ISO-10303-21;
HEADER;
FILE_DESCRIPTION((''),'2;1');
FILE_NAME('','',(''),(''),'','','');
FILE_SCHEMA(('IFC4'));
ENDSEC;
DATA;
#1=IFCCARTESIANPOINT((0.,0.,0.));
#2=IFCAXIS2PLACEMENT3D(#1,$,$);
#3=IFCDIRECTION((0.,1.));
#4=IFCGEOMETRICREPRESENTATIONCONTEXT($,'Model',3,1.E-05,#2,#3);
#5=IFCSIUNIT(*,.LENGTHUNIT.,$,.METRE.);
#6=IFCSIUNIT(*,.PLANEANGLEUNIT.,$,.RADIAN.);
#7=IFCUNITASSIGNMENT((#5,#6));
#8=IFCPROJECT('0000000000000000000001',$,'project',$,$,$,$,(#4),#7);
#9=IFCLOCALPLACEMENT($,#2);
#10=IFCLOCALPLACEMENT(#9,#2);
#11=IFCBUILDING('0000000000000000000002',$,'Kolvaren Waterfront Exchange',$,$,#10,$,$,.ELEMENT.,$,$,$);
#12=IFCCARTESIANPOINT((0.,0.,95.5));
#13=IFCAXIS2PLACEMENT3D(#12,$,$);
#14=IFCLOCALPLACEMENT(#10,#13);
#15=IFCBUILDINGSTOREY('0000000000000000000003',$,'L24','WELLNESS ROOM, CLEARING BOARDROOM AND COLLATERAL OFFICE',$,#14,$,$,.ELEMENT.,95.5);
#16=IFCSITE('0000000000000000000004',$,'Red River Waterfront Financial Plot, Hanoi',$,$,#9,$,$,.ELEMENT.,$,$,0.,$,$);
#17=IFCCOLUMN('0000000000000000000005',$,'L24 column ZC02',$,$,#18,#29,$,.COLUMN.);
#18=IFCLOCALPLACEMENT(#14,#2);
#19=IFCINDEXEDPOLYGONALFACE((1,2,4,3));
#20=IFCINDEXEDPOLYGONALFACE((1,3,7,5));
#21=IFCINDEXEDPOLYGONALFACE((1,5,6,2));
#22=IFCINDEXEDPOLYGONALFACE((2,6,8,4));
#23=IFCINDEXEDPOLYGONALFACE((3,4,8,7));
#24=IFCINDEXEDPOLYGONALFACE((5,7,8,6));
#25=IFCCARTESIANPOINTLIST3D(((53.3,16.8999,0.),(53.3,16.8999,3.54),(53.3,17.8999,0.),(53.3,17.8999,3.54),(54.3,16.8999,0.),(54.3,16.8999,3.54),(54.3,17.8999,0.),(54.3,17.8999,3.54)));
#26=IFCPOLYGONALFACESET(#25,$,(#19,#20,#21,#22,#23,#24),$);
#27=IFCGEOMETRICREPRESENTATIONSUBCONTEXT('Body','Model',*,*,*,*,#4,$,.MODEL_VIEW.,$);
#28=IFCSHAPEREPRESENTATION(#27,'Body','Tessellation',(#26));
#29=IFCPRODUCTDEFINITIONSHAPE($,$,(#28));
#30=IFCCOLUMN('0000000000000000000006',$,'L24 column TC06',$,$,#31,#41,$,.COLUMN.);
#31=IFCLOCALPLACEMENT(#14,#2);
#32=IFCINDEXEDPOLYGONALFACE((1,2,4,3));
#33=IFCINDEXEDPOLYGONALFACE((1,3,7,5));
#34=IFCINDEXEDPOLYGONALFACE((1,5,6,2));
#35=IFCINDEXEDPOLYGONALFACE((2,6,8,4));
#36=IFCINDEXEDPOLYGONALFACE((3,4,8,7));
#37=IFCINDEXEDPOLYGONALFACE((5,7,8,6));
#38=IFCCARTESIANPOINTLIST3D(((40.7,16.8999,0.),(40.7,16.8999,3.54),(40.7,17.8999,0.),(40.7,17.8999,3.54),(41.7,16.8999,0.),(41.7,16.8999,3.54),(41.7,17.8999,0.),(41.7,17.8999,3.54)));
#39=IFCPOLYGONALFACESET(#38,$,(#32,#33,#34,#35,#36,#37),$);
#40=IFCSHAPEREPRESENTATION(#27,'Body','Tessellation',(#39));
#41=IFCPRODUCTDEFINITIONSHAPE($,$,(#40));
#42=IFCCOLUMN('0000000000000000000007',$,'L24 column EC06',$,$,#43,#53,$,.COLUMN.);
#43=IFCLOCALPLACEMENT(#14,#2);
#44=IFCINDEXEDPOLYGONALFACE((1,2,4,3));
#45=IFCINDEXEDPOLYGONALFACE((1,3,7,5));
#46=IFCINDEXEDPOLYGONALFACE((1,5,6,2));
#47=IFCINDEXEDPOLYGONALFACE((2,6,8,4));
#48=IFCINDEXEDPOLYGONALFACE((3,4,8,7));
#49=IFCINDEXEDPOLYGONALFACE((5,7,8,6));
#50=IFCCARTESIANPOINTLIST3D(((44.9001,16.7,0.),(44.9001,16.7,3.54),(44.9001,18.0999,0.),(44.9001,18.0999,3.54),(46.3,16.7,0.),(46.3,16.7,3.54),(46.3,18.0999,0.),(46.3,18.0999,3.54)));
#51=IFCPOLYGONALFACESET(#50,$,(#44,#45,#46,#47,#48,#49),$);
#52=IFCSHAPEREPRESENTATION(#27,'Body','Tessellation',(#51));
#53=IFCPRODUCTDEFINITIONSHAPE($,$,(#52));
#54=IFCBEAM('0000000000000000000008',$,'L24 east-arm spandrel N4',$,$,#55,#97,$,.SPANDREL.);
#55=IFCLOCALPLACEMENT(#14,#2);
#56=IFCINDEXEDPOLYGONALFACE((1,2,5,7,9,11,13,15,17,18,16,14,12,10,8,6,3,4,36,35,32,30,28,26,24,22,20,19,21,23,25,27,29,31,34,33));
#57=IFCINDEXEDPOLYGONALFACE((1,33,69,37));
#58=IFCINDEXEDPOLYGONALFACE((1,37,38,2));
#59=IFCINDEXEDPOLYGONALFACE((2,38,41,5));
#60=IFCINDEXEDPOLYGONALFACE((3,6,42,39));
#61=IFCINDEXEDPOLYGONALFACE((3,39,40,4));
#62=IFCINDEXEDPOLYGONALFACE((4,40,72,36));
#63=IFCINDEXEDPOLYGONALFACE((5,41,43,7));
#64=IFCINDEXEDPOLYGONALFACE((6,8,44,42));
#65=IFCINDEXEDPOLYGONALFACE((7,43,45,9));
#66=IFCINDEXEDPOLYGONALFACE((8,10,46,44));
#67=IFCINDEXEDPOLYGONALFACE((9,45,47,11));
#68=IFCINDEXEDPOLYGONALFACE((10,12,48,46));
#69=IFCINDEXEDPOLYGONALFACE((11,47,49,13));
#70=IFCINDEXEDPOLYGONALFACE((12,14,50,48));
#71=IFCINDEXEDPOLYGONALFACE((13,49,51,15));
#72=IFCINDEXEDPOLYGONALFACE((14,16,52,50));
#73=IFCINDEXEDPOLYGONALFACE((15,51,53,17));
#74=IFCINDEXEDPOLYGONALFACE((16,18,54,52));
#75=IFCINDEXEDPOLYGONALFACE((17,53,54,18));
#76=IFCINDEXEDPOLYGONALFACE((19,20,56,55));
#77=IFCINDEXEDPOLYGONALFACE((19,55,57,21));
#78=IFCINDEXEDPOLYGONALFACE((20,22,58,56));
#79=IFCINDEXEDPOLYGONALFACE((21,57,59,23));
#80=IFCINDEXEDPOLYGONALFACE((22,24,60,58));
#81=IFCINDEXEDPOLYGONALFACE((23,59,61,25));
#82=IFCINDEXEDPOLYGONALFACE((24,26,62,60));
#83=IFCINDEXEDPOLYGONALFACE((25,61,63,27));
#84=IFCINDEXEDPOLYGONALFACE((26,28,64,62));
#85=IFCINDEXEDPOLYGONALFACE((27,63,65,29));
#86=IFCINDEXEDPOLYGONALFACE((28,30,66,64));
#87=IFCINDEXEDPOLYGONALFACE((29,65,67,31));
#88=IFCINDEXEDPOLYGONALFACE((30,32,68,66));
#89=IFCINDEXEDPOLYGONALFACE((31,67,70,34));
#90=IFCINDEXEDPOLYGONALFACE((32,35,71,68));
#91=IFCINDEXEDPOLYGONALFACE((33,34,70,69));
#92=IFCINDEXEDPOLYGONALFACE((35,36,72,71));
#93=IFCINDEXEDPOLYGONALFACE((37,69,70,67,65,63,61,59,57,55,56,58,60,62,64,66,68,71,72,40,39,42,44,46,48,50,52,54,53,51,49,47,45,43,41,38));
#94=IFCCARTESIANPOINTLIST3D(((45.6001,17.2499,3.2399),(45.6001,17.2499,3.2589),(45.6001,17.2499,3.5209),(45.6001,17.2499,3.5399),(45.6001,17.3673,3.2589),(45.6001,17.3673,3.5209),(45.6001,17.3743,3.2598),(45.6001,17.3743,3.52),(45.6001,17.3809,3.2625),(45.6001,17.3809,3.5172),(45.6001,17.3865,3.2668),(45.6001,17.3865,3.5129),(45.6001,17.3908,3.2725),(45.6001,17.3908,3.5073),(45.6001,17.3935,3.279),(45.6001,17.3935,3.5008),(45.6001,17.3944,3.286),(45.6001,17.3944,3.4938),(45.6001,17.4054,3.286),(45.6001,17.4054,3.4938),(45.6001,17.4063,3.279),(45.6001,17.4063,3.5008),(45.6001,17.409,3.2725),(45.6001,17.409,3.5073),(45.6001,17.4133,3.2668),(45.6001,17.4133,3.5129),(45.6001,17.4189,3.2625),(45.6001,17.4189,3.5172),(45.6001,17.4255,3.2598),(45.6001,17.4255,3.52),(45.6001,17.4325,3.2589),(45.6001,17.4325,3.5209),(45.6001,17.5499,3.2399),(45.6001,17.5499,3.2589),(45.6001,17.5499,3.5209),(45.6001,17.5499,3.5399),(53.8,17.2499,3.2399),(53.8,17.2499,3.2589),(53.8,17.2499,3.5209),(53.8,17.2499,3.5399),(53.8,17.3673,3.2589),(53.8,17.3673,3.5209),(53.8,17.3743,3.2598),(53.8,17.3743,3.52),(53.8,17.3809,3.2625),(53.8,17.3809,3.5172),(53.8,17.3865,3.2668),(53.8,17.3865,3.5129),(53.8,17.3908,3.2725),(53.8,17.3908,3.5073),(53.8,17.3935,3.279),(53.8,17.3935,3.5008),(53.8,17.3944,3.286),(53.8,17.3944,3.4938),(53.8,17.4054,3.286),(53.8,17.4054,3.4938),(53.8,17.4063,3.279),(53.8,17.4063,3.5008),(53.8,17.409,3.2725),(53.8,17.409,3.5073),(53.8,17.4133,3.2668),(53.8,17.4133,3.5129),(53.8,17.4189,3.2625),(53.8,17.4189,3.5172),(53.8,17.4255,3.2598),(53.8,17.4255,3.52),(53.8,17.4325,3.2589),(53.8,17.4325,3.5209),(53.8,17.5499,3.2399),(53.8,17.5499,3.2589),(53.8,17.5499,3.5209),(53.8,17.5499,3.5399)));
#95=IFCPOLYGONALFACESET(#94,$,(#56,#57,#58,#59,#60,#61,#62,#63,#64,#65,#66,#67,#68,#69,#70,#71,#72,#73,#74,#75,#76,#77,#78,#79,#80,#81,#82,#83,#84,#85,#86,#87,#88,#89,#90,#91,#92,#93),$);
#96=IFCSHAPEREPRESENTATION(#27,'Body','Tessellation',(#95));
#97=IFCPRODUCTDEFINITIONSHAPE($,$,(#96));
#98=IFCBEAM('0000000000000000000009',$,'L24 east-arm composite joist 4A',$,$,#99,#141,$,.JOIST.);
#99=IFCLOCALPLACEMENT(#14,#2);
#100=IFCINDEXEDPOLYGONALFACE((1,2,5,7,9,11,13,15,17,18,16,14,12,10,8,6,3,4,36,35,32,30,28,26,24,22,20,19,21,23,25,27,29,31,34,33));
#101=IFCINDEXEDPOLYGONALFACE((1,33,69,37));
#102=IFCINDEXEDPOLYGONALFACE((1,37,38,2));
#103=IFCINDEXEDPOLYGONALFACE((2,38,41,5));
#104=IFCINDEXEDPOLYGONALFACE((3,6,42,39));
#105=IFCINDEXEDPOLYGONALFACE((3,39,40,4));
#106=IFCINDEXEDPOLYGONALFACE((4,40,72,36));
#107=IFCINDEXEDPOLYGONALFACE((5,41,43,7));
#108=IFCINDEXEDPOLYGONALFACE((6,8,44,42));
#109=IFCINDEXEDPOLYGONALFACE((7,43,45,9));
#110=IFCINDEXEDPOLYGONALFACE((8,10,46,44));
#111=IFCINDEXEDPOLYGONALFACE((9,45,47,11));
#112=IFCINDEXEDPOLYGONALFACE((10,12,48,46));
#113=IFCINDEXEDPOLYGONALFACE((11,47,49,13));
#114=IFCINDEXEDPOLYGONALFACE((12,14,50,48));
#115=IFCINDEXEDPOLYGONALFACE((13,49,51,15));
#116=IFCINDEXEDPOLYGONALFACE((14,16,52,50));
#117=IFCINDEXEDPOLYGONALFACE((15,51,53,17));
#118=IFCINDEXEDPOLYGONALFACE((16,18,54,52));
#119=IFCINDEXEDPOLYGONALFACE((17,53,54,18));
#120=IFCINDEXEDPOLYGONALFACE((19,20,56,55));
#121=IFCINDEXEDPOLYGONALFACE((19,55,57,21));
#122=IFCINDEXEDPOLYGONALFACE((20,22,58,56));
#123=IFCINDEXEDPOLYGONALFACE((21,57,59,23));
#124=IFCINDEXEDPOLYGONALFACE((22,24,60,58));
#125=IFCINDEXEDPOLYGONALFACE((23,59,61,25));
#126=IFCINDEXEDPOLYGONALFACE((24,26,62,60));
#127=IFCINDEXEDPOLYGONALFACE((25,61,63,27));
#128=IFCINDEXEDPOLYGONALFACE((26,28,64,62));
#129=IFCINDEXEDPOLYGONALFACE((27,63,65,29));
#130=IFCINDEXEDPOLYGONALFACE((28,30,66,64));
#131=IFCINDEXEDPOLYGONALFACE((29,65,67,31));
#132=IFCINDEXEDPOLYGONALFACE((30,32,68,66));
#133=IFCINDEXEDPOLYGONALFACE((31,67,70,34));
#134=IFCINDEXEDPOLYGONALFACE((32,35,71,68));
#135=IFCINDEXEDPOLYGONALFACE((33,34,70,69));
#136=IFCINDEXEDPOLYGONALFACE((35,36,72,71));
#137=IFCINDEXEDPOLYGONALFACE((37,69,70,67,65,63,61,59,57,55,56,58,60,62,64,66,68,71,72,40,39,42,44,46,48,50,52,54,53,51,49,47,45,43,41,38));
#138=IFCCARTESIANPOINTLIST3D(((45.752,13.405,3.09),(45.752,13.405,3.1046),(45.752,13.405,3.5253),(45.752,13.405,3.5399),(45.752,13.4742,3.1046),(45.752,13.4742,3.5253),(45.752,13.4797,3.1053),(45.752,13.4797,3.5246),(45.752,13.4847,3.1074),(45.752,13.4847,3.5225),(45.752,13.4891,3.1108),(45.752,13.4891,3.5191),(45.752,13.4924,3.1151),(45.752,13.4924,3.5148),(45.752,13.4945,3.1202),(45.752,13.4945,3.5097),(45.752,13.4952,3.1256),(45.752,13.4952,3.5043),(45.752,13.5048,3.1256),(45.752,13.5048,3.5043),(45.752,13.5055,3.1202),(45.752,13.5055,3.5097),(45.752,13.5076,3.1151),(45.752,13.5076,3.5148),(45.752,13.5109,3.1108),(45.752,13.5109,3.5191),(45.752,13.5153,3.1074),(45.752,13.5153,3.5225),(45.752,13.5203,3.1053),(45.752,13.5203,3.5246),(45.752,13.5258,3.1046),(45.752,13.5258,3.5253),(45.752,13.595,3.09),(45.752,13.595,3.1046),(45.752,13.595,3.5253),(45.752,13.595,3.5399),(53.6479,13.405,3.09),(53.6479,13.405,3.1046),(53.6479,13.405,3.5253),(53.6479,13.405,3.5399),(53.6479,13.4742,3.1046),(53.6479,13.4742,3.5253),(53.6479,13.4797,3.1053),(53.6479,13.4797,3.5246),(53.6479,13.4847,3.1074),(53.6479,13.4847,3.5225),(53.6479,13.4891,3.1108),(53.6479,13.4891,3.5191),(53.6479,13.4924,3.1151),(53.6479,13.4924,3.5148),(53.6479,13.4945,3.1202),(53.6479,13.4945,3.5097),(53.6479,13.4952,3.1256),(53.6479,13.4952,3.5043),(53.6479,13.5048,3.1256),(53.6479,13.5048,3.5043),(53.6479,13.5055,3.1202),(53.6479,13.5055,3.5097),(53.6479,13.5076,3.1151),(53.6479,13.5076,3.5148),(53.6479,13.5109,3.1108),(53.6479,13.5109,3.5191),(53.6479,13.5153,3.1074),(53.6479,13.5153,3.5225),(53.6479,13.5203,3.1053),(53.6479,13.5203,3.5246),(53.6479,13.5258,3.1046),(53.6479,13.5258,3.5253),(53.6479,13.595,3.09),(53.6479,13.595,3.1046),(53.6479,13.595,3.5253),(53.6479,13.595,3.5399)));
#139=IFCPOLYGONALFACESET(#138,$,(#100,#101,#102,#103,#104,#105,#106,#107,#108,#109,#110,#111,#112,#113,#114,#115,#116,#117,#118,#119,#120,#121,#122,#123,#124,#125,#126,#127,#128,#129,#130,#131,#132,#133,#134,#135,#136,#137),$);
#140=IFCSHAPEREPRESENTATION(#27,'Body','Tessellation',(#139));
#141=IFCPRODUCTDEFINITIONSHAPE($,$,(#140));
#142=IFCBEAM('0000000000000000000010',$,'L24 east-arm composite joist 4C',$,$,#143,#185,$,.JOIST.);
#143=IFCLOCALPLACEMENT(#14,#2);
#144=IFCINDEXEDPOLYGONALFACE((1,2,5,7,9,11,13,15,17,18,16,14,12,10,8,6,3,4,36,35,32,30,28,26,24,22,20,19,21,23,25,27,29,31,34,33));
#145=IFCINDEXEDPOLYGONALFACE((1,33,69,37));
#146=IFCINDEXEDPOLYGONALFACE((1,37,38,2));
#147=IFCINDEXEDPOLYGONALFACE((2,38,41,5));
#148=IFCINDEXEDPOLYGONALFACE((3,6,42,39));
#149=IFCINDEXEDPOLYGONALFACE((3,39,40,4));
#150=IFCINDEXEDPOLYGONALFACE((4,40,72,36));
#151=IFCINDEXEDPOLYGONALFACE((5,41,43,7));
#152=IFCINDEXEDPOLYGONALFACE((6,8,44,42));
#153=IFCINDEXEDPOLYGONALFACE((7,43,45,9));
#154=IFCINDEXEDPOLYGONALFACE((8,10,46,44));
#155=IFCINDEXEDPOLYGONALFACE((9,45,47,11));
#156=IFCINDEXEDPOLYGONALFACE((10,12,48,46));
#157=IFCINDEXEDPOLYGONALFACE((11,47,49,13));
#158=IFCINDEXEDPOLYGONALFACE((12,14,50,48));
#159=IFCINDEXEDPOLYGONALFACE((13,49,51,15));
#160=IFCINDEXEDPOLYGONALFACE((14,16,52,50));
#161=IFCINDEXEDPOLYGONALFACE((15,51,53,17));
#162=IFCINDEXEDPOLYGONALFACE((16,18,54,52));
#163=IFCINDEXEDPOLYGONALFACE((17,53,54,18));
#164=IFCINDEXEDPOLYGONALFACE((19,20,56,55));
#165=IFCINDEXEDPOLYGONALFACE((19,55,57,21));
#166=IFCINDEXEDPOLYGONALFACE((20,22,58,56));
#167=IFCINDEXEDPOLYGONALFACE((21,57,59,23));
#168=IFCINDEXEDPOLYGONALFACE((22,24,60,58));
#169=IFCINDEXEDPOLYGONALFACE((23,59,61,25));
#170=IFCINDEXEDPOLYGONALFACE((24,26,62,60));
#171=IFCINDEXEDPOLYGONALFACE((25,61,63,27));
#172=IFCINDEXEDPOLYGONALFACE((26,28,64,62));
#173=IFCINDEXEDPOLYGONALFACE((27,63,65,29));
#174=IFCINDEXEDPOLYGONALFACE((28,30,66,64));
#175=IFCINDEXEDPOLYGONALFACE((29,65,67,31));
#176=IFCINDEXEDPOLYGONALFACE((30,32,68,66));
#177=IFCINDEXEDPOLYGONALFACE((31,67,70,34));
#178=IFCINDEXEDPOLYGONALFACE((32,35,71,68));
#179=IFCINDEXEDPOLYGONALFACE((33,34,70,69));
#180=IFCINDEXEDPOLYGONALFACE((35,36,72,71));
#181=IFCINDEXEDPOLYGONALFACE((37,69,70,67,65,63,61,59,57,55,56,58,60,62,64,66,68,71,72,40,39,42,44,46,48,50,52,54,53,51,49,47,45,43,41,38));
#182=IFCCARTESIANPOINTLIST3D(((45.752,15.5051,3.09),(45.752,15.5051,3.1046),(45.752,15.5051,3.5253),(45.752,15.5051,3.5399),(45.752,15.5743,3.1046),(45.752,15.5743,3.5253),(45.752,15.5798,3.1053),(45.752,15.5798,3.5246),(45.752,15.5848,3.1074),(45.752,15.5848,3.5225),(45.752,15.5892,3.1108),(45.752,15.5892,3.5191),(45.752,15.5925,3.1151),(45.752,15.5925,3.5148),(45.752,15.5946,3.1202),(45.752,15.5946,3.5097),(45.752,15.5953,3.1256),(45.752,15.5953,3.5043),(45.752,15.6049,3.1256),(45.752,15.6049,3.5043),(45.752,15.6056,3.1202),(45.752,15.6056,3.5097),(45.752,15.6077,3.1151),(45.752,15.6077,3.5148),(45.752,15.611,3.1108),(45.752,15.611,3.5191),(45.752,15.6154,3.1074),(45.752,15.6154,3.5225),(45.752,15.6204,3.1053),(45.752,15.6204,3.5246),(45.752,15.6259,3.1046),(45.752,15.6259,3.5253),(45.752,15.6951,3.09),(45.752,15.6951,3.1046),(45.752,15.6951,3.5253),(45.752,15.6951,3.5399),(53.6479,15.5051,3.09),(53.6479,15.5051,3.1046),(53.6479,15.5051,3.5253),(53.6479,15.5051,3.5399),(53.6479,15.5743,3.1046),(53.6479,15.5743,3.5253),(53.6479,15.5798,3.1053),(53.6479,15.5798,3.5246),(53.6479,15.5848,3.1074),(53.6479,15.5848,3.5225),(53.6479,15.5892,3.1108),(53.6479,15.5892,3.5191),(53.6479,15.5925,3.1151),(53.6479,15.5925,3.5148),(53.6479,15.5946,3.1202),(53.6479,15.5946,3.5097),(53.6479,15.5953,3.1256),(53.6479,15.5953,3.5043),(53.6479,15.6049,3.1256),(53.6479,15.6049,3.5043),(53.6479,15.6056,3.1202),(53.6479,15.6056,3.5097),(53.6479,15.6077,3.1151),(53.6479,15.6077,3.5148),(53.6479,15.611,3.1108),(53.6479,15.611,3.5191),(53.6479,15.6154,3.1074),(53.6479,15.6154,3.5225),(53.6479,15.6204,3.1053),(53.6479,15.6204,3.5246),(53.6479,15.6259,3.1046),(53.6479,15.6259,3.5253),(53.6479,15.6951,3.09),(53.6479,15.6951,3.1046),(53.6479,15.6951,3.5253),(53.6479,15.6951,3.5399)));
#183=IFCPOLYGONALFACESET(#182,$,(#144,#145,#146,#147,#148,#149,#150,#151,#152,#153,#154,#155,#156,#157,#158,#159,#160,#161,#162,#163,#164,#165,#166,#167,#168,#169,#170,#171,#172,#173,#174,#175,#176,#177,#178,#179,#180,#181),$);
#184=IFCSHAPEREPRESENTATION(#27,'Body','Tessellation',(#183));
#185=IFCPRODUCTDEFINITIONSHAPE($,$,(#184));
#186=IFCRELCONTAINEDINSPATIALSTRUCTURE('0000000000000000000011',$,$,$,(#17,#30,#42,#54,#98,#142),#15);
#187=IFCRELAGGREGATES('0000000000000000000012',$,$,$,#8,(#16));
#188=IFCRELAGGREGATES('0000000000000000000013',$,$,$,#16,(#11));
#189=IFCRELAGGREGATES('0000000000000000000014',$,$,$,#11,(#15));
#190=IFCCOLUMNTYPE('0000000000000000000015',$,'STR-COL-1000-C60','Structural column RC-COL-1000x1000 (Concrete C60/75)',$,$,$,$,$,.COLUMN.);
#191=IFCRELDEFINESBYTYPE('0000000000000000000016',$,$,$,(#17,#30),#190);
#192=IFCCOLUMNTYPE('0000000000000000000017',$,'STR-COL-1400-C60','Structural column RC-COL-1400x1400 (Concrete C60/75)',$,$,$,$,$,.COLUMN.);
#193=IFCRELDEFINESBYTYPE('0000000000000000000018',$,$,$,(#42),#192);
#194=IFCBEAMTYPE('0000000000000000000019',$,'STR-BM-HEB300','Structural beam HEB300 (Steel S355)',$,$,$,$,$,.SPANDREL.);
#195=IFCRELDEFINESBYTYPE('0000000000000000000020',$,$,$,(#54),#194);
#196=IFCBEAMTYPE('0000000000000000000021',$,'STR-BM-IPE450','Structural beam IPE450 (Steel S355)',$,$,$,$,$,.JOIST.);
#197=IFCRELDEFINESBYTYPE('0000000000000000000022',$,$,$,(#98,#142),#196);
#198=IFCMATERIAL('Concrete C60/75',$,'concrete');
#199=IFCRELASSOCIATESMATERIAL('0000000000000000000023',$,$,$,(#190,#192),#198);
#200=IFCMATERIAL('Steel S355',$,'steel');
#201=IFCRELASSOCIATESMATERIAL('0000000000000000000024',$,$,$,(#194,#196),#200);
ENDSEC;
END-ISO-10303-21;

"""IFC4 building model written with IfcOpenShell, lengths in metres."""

from ifc_helpers import new_model, si_unit, direction, frame, origin, origin_2d, place, context, subcontext, project, spatial, rectangle, i_section, extrude, material, material_profile, profile_set, type_object, element, save


model = new_model("IFC4")

# Units and contexts
model_context = context("Model", 3, precision=1e-05, world=origin(), true_north=direction((0.0, 1.0)))
body_context = subcontext(model_context, "Body", "Model", "MODEL_VIEW")
ifc_project = project(units=[si_unit("LENGTHUNIT", "METRE"), si_unit("PLANEANGLEUNIT", "RADIAN")], contexts=[model_context])

# Site, building, storey
site_placement = place(None, origin())
site = spatial("IfcSite", under=ifc_project, at=site_placement, Name="Red River Waterfront Financial Plot, Hanoi", CompositionType="ELEMENT", RefElevation=0.0)
building_placement = place(site_placement, origin())
building = spatial("IfcBuilding", under=site, at=building_placement, Name="Kolvaren Waterfront Exchange", CompositionType="ELEMENT")
storey_placement = place(building_placement, frame((0.0, 0.0, 95.5)))
storey = spatial("IfcBuildingStorey", under=building, at=storey_placement, Name="L24", Description="WELLNESS ROOM, CLEARING BOARDROOM AND COLLATERAL OFFICE", CompositionType="ELEMENT", Elevation=95.5)

# Columns
ifc_material_1 = material(Name="Concrete C60/75", Category="concrete")
ifc_material_profile_1 = material_profile(ifc_material_1, rectangle(XDim=1.0, YDim=1.0, at=origin_2d()), Name="RC-COL-1000x1000")
ifc_profile_set_1 = profile_set([ifc_material_profile_1], Name="Concrete C60/75")
column_type_1 = type_object("IfcColumnType", Name="STR-COL-1000-C60", Description="Structural column RC-COL-1000x1000 (Concrete C60/75)", PredefinedType="COLUMN", material=ifc_profile_set_1)
for number, where, z_axis, x_axis, name in (
    (1, (53.8, 17.3999, 0.0), (0.0, 0.0, 1.0), (1.0, 0.0, 0.0), "L24 column ZC02"),
    (2, (41.2, 17.3999, 0.0), (0.0, 0.0, 1.0), (1.0, 0.0, 0.0), "L24 column TC06"),
):
    element("IfcColumn", number, at=place(storey_placement, frame(where, z_axis=z_axis, x_axis=x_axis)), inside=storey, type_object=column_type_1, Name=name, PredefinedType="COLUMN", context=body_context, shape_type="SweptSolid", body=[
        extrude(rectangle(XDim=1.0, YDim=1.0, at=origin_2d()), origin(), (0.0, 0.0, 1.0), 3.54),
    ])
ifc_material_profile_2 = material_profile(ifc_material_1, rectangle(XDim=1.3999, YDim=1.3999, at=origin_2d()), Name="RC-COL-1400x1400")
ifc_profile_set_2 = profile_set([ifc_material_profile_2], Name="Concrete C60/75")
column_type_2 = type_object("IfcColumnType", Name="STR-COL-1400-C60", Description="Structural column RC-COL-1400x1400 (Concrete C60/75)", PredefinedType="COLUMN", material=ifc_profile_set_2)
column_placement = place(storey_placement, frame((45.6001, 17.3999, 0.0), z_axis=(0.0, 0.0, 1.0), x_axis=(1.0, 0.0, 0.0)))
element("IfcColumn", 3, at=column_placement, inside=storey, type_object=column_type_2, Name="L24 column EC06", PredefinedType="COLUMN", context=body_context, shape_type="SweptSolid", body=[
    extrude(rectangle(XDim=1.3999, YDim=1.3999, at=origin_2d()), origin(), (0.0, 0.0, 1.0), 3.54),
])

# Beams
ifc_material_2 = material(Name="Steel S355", Category="steel")
ifc_material_profile_3 = material_profile(ifc_material_2, i_section(OverallWidth=0.3, OverallDepth=0.3, WebThickness=0.011, FlangeThickness=0.019, FilletRadius=0.0271, at=origin_2d()), Name="HEB300")
ifc_profile_set_3 = profile_set([ifc_material_profile_3], Name="Steel S355")
beam_type_1 = type_object("IfcBeamType", Name="STR-BM-HEB300", Description="Structural beam HEB300 (Steel S355)", PredefinedType="SPANDREL", material=ifc_profile_set_3)
beam_placement = place(storey_placement, frame((45.6001, 17.3999, 3.3899), z_axis=(1.0, 0.0, 0.0), x_axis=(0.0, 1.0, 0.0)))
element("IfcBeam", 4, at=beam_placement, inside=storey, type_object=beam_type_1, Name="L24 east-arm spandrel N4", PredefinedType="SPANDREL", context=body_context, shape_type="SweptSolid", body=[
    extrude(i_section(OverallWidth=0.3, OverallDepth=0.3, WebThickness=0.011, FlangeThickness=0.019, FilletRadius=0.0271, at=origin_2d()), origin(), (0.0, 0.0, 1.0), 8.2),
])
ifc_material_profile_4 = material_profile(ifc_material_2, i_section(OverallWidth=0.1899, OverallDepth=0.45, WebThickness=0.0095, FlangeThickness=0.0146, FilletRadius=0.021, at=origin_2d()), Name="IPE450")
ifc_profile_set_4 = profile_set([ifc_material_profile_4], Name="Steel S355")
beam_type_2 = type_object("IfcBeamType", Name="STR-BM-IPE450", Description="Structural beam IPE450 (Steel S355)", PredefinedType="JOIST", material=ifc_profile_set_4)
for number, where, z_axis, x_axis, name in (
    (5, (45.752, 13.5, 3.3149), (1.0, 0.0, 0.0), (0.0, 1.0, 0.0), "L24 east-arm composite joist 4A"),
    (6, (45.752, 15.6001, 3.3149), (1.0, 0.0, 0.0), (0.0, 1.0, 0.0), "L24 east-arm composite joist 4C"),
):
    element("IfcBeam", number, at=place(storey_placement, frame(where, z_axis=z_axis, x_axis=x_axis)), inside=storey, type_object=beam_type_2, Name=name, PredefinedType="JOIST", context=body_context, shape_type="SweptSolid", body=[
        extrude(i_section(OverallWidth=0.1899, OverallDepth=0.45, WebThickness=0.0095, FlangeThickness=0.0146, FilletRadius=0.021, at=origin_2d()), origin(), (0.0, 0.0, 1.0), 7.896),
    ])

save(model, "model.ifc")
